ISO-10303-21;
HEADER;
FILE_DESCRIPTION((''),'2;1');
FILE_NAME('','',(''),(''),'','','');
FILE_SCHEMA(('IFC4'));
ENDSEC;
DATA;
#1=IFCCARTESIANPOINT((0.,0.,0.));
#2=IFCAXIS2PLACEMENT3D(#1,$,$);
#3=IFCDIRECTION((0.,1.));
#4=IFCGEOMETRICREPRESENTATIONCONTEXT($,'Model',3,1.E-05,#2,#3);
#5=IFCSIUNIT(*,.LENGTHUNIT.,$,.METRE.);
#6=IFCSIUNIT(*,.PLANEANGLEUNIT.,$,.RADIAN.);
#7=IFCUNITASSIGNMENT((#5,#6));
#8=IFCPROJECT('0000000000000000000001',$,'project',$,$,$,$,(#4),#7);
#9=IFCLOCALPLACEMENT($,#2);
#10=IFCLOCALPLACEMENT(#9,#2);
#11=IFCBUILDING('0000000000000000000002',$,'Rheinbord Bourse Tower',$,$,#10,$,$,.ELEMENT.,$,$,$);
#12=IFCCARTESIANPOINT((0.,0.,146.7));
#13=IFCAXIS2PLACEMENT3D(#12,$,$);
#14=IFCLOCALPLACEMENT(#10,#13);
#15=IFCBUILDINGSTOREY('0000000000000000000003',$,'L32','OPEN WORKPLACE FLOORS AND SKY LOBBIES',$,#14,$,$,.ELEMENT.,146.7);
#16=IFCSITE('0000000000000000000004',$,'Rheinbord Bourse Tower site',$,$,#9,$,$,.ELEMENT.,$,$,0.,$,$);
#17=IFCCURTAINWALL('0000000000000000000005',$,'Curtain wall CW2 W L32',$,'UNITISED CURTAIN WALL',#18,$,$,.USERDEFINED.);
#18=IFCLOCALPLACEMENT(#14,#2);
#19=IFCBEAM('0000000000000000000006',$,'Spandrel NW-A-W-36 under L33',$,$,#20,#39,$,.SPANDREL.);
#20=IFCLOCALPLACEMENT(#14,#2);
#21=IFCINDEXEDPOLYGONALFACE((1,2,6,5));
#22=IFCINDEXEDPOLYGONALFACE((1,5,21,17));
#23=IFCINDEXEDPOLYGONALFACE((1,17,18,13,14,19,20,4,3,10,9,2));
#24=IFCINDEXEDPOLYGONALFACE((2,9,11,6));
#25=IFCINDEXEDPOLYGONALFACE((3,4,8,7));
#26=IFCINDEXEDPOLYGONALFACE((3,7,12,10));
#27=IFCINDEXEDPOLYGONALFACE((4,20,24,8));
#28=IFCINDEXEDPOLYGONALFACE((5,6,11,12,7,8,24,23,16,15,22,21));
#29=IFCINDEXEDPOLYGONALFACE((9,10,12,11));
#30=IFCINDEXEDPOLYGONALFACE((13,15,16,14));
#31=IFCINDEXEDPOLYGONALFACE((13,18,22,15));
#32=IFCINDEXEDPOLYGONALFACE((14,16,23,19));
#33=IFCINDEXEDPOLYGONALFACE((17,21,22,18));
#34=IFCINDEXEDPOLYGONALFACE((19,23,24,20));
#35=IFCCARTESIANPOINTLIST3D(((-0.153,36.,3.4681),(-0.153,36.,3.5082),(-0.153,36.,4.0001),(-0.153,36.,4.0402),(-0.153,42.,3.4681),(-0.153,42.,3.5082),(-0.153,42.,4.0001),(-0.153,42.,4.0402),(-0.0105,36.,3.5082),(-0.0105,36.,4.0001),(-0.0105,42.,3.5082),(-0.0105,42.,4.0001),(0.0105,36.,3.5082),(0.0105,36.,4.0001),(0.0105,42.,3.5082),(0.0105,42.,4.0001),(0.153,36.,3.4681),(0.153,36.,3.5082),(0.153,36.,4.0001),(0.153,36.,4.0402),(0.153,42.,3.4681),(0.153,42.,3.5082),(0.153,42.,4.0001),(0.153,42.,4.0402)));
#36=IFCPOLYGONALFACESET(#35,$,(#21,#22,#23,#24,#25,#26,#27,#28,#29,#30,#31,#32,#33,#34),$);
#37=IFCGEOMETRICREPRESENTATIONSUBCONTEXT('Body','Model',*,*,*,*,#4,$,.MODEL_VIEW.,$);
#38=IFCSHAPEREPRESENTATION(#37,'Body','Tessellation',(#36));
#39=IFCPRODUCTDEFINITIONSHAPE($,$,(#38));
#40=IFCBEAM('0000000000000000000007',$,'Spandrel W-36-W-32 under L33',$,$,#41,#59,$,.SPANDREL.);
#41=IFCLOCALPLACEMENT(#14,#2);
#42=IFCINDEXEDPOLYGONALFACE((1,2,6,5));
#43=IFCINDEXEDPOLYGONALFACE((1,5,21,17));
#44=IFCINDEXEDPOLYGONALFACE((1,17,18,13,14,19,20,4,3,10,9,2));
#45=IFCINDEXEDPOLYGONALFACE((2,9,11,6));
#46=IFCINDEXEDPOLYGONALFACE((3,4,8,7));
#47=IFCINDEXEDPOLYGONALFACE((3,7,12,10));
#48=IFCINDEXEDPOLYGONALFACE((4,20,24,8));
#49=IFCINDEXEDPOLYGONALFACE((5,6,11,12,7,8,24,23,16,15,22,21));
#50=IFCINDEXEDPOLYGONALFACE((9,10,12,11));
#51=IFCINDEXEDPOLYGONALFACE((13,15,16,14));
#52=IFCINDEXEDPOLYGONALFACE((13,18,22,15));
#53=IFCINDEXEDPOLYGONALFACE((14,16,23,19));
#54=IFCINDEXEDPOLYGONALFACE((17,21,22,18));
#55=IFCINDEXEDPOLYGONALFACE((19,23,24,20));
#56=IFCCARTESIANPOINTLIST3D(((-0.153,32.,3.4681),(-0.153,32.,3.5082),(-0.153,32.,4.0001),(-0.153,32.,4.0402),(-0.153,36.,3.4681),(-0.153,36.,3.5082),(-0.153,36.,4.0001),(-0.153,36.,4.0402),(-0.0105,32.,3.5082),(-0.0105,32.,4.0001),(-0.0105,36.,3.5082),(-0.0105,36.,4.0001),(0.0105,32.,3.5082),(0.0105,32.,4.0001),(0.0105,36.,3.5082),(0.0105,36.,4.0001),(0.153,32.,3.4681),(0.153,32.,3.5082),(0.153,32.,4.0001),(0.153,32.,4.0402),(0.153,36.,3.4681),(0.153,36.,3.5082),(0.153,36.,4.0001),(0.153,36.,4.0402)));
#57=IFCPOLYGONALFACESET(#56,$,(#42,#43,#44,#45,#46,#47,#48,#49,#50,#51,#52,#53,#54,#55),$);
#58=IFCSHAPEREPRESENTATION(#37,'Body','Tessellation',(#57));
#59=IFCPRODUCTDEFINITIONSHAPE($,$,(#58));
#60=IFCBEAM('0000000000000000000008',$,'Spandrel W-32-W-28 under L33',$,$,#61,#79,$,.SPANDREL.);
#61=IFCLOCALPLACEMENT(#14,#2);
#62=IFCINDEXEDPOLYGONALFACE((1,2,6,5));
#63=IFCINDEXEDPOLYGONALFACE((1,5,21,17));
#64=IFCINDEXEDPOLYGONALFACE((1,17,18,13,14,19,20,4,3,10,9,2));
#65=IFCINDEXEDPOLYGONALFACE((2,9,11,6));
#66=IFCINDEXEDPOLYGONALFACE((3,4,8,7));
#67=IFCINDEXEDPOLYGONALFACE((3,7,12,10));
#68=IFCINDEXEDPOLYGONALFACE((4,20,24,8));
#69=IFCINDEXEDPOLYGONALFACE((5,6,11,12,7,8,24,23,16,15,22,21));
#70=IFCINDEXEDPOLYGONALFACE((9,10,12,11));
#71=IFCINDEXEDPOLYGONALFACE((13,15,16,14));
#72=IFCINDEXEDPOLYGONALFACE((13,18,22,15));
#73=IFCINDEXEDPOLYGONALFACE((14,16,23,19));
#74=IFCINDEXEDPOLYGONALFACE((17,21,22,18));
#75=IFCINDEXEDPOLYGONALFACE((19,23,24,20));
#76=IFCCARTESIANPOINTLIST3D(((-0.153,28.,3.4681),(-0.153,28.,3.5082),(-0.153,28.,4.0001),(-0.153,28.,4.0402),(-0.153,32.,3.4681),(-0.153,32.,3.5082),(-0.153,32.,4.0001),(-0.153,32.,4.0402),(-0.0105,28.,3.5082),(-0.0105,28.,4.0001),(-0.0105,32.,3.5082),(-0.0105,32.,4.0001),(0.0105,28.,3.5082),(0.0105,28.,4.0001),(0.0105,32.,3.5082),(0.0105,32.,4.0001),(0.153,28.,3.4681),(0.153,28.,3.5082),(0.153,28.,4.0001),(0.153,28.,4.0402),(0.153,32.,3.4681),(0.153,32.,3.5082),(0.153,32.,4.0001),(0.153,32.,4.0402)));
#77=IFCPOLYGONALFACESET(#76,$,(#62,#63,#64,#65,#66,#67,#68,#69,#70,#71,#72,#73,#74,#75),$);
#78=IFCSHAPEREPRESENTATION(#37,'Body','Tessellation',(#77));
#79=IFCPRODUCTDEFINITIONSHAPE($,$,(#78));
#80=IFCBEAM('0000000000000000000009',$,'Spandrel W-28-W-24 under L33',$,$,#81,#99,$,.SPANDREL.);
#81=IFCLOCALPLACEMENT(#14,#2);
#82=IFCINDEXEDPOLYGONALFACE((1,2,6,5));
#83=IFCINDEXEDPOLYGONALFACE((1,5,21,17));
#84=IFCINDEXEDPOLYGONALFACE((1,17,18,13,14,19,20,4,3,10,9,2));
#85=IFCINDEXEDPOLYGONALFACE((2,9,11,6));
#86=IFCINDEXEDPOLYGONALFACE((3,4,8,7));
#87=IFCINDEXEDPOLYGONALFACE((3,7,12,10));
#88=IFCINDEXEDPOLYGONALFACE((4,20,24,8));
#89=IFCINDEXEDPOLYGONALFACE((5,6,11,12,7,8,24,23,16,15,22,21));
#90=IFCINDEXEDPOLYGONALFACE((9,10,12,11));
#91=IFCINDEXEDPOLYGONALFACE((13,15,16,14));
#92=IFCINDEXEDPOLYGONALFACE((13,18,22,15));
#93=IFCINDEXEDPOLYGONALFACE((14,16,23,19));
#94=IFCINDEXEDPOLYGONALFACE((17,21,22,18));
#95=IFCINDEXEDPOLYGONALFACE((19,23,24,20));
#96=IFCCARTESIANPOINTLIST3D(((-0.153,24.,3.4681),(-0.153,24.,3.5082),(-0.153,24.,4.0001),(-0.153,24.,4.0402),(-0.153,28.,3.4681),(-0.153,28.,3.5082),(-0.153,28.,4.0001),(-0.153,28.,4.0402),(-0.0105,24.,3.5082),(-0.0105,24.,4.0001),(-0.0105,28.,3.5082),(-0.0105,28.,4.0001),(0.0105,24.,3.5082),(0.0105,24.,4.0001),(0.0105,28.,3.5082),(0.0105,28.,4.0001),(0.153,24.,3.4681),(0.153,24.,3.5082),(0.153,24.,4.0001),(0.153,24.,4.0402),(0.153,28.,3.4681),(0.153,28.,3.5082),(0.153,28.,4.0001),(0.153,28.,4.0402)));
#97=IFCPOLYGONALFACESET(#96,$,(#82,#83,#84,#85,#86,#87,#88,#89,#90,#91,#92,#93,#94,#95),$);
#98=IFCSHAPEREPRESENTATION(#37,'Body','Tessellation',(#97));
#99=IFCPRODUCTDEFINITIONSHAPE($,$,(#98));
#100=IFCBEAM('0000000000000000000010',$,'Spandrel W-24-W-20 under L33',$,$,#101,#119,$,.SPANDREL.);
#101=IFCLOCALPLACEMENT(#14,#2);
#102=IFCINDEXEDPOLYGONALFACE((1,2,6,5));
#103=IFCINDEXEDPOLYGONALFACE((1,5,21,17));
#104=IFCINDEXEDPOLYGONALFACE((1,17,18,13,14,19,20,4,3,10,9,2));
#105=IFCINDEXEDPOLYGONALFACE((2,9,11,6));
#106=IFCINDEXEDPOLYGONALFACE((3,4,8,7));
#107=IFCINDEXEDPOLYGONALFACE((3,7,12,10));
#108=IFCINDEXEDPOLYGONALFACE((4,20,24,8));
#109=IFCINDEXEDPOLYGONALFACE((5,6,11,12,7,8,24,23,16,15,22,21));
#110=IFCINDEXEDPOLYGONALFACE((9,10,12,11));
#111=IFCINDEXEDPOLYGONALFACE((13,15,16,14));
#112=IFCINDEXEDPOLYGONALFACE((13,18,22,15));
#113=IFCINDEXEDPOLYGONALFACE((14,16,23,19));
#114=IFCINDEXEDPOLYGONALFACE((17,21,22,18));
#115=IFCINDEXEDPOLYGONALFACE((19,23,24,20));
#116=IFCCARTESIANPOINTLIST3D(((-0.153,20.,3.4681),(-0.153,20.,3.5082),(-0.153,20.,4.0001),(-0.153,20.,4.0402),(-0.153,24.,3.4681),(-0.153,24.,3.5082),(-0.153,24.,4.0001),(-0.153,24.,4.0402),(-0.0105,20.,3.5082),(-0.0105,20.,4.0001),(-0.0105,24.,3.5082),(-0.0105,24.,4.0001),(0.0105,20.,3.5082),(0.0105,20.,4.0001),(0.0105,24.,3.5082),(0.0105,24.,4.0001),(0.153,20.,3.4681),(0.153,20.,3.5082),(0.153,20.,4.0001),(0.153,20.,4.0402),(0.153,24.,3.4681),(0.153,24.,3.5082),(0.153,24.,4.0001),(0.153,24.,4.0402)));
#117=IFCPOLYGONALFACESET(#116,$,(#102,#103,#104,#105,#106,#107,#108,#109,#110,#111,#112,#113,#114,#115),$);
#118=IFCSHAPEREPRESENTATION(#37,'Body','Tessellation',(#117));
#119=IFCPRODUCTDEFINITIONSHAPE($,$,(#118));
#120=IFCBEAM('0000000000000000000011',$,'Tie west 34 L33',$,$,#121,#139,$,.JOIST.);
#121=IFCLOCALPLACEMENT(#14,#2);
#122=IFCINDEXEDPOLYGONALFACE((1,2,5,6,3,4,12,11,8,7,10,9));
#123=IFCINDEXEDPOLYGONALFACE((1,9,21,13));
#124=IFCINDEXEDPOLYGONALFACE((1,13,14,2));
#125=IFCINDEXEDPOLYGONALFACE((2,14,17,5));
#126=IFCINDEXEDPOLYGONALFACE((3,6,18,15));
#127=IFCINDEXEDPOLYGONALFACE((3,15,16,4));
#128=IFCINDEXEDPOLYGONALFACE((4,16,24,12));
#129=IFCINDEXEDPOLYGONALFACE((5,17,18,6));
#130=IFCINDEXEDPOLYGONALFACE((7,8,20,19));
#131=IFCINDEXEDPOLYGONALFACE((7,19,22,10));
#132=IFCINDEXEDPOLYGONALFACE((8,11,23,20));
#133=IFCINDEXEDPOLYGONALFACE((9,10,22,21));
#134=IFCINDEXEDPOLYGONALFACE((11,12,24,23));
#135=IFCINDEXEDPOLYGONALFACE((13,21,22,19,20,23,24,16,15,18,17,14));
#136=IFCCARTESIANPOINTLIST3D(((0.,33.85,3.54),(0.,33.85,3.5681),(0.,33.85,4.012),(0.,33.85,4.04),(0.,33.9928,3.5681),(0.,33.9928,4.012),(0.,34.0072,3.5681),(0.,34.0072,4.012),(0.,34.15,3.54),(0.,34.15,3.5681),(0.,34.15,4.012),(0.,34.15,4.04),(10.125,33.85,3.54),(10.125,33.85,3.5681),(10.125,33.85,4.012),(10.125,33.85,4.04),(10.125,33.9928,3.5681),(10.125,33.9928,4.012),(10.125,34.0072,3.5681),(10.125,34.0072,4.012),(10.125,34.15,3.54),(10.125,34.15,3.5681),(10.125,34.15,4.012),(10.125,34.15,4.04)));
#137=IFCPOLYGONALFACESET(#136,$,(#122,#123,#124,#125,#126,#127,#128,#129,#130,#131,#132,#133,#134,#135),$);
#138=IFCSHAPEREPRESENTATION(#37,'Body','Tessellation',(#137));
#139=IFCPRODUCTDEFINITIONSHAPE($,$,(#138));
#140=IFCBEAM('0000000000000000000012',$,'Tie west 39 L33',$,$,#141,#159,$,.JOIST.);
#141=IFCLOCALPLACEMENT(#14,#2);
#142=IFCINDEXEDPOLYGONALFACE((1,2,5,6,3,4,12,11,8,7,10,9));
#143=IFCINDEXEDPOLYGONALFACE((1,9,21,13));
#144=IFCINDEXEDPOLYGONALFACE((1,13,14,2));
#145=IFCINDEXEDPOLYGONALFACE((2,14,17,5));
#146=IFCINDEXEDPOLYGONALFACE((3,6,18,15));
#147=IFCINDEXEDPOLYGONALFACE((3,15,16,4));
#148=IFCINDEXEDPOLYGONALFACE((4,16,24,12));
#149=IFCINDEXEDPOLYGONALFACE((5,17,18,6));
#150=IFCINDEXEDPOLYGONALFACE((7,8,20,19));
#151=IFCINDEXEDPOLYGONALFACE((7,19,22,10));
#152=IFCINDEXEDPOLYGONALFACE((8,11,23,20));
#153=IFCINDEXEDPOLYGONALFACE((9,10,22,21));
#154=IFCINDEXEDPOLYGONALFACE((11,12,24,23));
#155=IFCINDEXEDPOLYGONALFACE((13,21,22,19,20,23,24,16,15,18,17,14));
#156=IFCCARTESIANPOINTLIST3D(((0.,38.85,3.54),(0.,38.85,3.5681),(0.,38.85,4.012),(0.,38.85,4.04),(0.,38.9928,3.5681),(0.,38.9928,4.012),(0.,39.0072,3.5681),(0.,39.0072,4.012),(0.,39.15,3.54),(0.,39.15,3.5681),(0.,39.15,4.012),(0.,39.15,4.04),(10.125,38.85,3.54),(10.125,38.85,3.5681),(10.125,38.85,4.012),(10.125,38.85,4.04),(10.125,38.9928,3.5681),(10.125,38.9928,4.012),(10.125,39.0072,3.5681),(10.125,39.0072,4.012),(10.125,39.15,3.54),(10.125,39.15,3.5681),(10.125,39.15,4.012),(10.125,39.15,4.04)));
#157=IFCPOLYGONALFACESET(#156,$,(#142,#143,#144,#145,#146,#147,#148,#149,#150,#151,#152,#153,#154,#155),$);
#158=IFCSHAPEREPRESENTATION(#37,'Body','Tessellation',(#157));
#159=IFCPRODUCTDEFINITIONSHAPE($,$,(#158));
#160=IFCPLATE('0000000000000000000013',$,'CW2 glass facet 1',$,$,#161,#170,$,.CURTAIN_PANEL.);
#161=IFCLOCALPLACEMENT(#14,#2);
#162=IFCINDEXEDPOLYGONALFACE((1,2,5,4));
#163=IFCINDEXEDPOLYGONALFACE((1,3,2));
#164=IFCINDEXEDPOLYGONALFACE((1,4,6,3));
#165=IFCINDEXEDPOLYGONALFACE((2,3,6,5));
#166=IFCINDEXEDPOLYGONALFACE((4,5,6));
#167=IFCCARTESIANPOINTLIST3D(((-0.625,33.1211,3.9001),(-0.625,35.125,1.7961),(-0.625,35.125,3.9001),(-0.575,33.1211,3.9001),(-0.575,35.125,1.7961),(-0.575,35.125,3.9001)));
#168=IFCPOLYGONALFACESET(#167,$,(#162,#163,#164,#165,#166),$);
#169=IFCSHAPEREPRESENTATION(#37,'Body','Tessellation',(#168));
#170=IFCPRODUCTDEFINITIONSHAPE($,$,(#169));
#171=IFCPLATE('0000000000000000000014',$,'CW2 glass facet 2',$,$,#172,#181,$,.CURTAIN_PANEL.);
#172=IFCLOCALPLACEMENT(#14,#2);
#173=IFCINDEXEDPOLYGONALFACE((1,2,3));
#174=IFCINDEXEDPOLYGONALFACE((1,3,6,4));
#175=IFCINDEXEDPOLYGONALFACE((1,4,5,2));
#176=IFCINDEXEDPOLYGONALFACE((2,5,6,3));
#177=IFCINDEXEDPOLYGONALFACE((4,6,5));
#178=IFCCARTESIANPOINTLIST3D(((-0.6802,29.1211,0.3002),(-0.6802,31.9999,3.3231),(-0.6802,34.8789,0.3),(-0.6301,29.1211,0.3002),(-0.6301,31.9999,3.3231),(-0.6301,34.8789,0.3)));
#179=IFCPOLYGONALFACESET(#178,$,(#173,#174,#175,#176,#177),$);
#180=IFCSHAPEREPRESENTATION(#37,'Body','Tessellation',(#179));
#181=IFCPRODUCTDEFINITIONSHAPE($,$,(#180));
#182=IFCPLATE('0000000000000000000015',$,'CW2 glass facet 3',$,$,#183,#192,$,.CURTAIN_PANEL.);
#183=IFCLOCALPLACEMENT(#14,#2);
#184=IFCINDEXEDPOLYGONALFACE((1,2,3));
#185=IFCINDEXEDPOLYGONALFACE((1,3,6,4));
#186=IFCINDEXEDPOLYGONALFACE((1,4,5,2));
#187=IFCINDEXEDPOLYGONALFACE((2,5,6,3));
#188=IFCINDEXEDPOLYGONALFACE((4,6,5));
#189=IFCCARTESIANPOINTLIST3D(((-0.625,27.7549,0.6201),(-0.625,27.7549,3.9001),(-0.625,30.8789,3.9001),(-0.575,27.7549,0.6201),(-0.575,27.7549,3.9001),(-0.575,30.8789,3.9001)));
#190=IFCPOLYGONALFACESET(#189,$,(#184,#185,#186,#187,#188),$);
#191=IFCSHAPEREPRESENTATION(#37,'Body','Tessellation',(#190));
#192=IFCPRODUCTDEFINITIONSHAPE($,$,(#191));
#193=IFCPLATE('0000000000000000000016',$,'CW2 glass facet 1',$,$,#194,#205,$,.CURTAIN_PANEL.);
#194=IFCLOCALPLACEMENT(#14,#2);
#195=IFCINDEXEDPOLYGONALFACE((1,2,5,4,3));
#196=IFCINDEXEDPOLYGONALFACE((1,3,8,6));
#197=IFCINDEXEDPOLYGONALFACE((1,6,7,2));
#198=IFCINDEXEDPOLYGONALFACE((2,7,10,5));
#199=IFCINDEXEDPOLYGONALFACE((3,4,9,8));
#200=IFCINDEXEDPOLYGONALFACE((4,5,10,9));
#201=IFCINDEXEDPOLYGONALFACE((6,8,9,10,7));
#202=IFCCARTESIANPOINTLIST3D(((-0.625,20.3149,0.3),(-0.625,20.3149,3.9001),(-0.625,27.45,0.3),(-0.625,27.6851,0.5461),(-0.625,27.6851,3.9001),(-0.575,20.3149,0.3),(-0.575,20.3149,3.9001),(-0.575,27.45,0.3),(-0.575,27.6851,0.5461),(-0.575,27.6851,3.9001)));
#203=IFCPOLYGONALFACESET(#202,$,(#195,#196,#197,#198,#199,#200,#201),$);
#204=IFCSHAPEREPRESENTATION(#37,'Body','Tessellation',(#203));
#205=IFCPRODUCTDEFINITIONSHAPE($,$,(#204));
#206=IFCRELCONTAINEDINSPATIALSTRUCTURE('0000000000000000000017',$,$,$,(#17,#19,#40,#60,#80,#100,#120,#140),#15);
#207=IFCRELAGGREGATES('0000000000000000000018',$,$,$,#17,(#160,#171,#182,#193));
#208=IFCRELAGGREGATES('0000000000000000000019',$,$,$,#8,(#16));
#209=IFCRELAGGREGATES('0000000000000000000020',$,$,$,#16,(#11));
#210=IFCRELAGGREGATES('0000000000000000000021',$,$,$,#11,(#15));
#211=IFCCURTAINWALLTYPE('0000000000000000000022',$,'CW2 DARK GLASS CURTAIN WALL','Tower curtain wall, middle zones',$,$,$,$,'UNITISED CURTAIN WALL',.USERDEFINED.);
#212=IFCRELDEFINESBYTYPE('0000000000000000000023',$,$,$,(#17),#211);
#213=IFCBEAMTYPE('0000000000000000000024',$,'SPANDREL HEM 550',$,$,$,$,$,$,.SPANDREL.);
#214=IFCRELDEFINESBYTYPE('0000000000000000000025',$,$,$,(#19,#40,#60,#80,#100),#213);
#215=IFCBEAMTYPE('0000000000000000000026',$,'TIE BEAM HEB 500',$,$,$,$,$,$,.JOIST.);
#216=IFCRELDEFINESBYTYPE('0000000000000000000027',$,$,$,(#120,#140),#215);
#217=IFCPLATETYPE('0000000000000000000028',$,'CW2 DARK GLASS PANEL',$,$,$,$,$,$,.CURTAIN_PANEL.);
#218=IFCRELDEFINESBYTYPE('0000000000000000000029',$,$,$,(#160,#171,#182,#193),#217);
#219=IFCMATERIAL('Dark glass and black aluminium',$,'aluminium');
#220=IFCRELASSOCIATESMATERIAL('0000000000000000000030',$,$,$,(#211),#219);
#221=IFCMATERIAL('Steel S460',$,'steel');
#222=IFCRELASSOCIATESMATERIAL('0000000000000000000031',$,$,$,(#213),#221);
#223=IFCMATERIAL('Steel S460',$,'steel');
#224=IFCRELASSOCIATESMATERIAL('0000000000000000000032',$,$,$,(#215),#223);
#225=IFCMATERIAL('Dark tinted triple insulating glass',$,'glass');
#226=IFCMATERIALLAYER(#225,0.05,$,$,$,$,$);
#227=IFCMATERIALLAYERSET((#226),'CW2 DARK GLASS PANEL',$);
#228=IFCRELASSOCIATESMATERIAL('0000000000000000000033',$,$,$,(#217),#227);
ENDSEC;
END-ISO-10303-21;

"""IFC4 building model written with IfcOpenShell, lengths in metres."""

from ifc_helpers import new_model, si_unit, direction, frame, origin, origin_2d, place, context, subcontext, project, spatial, polyline, i_section, outline, extrude, material, layer, layer_set, material_profile, profile_set, type_object, element, aggregate, save


model = new_model("IFC4")

# Units and contexts
model_context = context("Model", 3, precision=1e-05, world=origin(), true_north=direction((0.0, 1.0)))
body_context = subcontext(model_context, "Body", "Model", "MODEL_VIEW")
ifc_project = project(units=[si_unit("LENGTHUNIT", "METRE"), si_unit("PLANEANGLEUNIT", "RADIAN")], contexts=[model_context])

# Site, building, storey
site_placement = place(None, origin())
site = spatial("IfcSite", under=ifc_project, at=site_placement, Name="Rheinbord Bourse Tower site", CompositionType="ELEMENT", RefElevation=0.0)
building_placement = place(site_placement, origin())
building = spatial("IfcBuilding", under=site, at=building_placement, Name="Rheinbord Bourse Tower", CompositionType="ELEMENT")
storey_placement = place(building_placement, frame((0.0, 0.0, 146.7)))
storey = spatial("IfcBuildingStorey", under=building, at=storey_placement, Name="L32", Description="OPEN WORKPLACE FLOORS AND SKY LOBBIES", CompositionType="ELEMENT", Elevation=146.7)

# Curtain wall
ifc_material_1 = material(Name="Dark glass and black aluminium", Category="aluminium")
curtain_wall_type = type_object("IfcCurtainWallType", Name="CW2 DARK GLASS CURTAIN WALL", Description="Tower curtain wall, middle zones", ElementType="UNITISED CURTAIN WALL", PredefinedType="USERDEFINED", material=ifc_material_1)
curtain_wall_placement = place(storey_placement, origin())
curtain_wall = element("IfcCurtainWall", 1, at=curtain_wall_placement, inside=storey, type_object=curtain_wall_type, Name="Curtain wall CW2 W L32", ObjectType="UNITISED CURTAIN WALL", PredefinedType="USERDEFINED")

# Beams
ifc_material_2 = material(Name="Steel S460", Category="steel")
ifc_material_profile_1 = material_profile(ifc_material_2, i_section(OverallWidth=0.3059, OverallDepth=0.572, WebThickness=0.021, FlangeThickness=0.04, at=origin_2d()), Name="HEM 550")
ifc_profile_set_1 = profile_set([ifc_material_profile_1], Name="Steel S460")
beam_type_1 = type_object("IfcBeamType", Name="SPANDREL HEM 550", PredefinedType="SPANDREL", material=ifc_profile_set_1)
beam_1_placement = place(storey_placement, frame((0.0, 42.0, 3.7542), z_axis=(0.0, -1.0, 0.0), x_axis=(1.0, 0.0, 0.0)))
element("IfcBeam", 2, at=beam_1_placement, inside=storey, type_object=beam_type_1, Name="Spandrel NW-A-W-36 under L33", PredefinedType="SPANDREL", context=body_context, shape_type="SweptSolid", body=[
    extrude(i_section(OverallWidth=0.3059, OverallDepth=0.572, WebThickness=0.021, FlangeThickness=0.04, at=origin_2d()), origin(), (0.0, 0.0, 1.0), 6.0),
])
for number, where, z_axis, x_axis, name in (
    (3, (0.0, 36.0, 3.7542), (0.0, -1.0, 0.0), (1.0, 0.0, 0.0), "Spandrel W-36-W-32 under L33"),
    (4, (0.0, 32.0, 3.7542), (0.0, -1.0, 0.0), (1.0, 0.0, 0.0), "Spandrel W-32-W-28 under L33"),
    (5, (0.0, 28.0, 3.7542), (0.0, -1.0, 0.0), (1.0, 0.0, 0.0), "Spandrel W-28-W-24 under L33"),
    (6, (0.0, 24.0, 3.7542), (0.0, -1.0, 0.0), (1.0, 0.0, 0.0), "Spandrel W-24-W-20 under L33"),
):
    element("IfcBeam", number, at=place(storey_placement, frame(where, z_axis=z_axis, x_axis=x_axis)), inside=storey, type_object=beam_type_1, Name=name, PredefinedType="SPANDREL", context=body_context, shape_type="SweptSolid", body=[
        extrude(i_section(OverallWidth=0.3059, OverallDepth=0.572, WebThickness=0.021, FlangeThickness=0.04, at=origin_2d()), origin(), (0.0, 0.0, 1.0), 4.0),
    ])
ifc_material_3 = material(Name="Steel S460", Category="steel")
ifc_material_profile_2 = material_profile(ifc_material_3, i_section(OverallWidth=0.3, OverallDepth=0.5, WebThickness=0.0144, FlangeThickness=0.0281, at=origin_2d()), Name="HEB 500")
ifc_profile_set_2 = profile_set([ifc_material_profile_2], Name="Steel S460")
beam_type_2 = type_object("IfcBeamType", Name="TIE BEAM HEB 500", PredefinedType="JOIST", material=ifc_profile_set_2)
for number, where, z_axis, x_axis, name in (
    (7, (0.0, 34.0, 3.79), (1.0, 0.0, 0.0), (0.0, 1.0, 0.0), "Tie west 34 L33"),
    (8, (0.0, 39.0, 3.79), (1.0, 0.0, 0.0), (0.0, 1.0, 0.0), "Tie west 39 L33"),
):
    element("IfcBeam", number, at=place(storey_placement, frame(where, z_axis=z_axis, x_axis=x_axis)), inside=storey, type_object=beam_type_2, Name=name, PredefinedType="JOIST", context=body_context, shape_type="SweptSolid", body=[
        extrude(i_section(OverallWidth=0.3, OverallDepth=0.5, WebThickness=0.0144, FlangeThickness=0.0281, at=origin_2d()), origin(), (0.0, 0.0, 1.0), 10.125),
    ])

# Plates
ifc_material_4 = material(Name="Dark tinted triple insulating glass", Category="glass")
ifc_layer_1 = layer(ifc_material_4, 0.05)
ifc_layer_set_1 = layer_set([ifc_layer_1], Name="CW2 DARK GLASS PANEL")
plate_type = type_object("IfcPlateType", Name="CW2 DARK GLASS PANEL", PredefinedType="CURTAIN_PANEL", material=ifc_layer_set_1)
plate_1_placement = place(storey_placement, frame((-0.625, 35.125, 3.9001), z_axis=(1.0, 0.0, 0.0), x_axis=(0.0, -1.0, 0.0)))
plate_1 = element("IfcPlate", 9, at=plate_1_placement, type_object=plate_type, Name="CW2 glass facet 1", PredefinedType="CURTAIN_PANEL", context=body_context, shape_type="SweptSolid", body=[
    extrude(outline(polyline([(0.0, 0.0), (2.0039, 0.0), (0.0, 2.104), (0.0, 0.0)])), origin(), (0.0, 0.0, 1.0), 0.05),
])
plate_2_placement = place(storey_placement, frame((-0.6802, 34.8789, 0.3), z_axis=(1.0, 0.0, 0.0), x_axis=(0.0, -0.689643, 0.724149)))
plate_2 = element("IfcPlate", 10, at=plate_2_placement, type_object=plate_type, Name="CW2 glass facet 2", PredefinedType="CURTAIN_PANEL", context=body_context, shape_type="SweptSolid", body=[
    extrude(outline(polyline([(0.0, 0.0), (4.1746, 0.0), (3.9709, 4.1694), (0.0, 0.0)])), origin(), (0.0, 0.0, 1.0), 0.05),
])
plate_3_placement = place(storey_placement, frame((-0.625, 27.7549, 3.9001), z_axis=(1.0, 0.0, 0.0), x_axis=(0.0, 0.0, -1.0)))
plate_3 = element("IfcPlate", 11, at=plate_3_placement, type_object=plate_type, Name="CW2 glass facet 3", PredefinedType="CURTAIN_PANEL", context=body_context, shape_type="SweptSolid", body=[
    extrude(outline(polyline([(0.0, 0.0), (3.28, 0.0), (0.0, 3.124), (0.0, 0.0)])), origin(), (0.0, 0.0, 1.0), 0.05),
])
plate_4_placement = place(storey_placement, frame((-0.625, 27.6851, 3.9001), z_axis=(1.0, 0.0, 0.0), x_axis=(0.0, -1.0, 0.0)))
plate_4 = element("IfcPlate", 12, at=plate_4_placement, type_object=plate_type, Name="CW2 glass facet 1", PredefinedType="CURTAIN_PANEL", context=body_context, shape_type="SweptSolid", body=[
    extrude(outline(polyline([(0.0, 0.0), (7.3701, 0.0), (7.3701, 3.6001), (0.2351, 3.6001), (0.0, 3.354), (0.0, 0.0)])), origin(), (0.0, 0.0, 1.0), 0.05),
])
aggregate(curtain_wall, [plate_1, plate_2, plate_3, plate_4])

save(model, "model.ifc")
